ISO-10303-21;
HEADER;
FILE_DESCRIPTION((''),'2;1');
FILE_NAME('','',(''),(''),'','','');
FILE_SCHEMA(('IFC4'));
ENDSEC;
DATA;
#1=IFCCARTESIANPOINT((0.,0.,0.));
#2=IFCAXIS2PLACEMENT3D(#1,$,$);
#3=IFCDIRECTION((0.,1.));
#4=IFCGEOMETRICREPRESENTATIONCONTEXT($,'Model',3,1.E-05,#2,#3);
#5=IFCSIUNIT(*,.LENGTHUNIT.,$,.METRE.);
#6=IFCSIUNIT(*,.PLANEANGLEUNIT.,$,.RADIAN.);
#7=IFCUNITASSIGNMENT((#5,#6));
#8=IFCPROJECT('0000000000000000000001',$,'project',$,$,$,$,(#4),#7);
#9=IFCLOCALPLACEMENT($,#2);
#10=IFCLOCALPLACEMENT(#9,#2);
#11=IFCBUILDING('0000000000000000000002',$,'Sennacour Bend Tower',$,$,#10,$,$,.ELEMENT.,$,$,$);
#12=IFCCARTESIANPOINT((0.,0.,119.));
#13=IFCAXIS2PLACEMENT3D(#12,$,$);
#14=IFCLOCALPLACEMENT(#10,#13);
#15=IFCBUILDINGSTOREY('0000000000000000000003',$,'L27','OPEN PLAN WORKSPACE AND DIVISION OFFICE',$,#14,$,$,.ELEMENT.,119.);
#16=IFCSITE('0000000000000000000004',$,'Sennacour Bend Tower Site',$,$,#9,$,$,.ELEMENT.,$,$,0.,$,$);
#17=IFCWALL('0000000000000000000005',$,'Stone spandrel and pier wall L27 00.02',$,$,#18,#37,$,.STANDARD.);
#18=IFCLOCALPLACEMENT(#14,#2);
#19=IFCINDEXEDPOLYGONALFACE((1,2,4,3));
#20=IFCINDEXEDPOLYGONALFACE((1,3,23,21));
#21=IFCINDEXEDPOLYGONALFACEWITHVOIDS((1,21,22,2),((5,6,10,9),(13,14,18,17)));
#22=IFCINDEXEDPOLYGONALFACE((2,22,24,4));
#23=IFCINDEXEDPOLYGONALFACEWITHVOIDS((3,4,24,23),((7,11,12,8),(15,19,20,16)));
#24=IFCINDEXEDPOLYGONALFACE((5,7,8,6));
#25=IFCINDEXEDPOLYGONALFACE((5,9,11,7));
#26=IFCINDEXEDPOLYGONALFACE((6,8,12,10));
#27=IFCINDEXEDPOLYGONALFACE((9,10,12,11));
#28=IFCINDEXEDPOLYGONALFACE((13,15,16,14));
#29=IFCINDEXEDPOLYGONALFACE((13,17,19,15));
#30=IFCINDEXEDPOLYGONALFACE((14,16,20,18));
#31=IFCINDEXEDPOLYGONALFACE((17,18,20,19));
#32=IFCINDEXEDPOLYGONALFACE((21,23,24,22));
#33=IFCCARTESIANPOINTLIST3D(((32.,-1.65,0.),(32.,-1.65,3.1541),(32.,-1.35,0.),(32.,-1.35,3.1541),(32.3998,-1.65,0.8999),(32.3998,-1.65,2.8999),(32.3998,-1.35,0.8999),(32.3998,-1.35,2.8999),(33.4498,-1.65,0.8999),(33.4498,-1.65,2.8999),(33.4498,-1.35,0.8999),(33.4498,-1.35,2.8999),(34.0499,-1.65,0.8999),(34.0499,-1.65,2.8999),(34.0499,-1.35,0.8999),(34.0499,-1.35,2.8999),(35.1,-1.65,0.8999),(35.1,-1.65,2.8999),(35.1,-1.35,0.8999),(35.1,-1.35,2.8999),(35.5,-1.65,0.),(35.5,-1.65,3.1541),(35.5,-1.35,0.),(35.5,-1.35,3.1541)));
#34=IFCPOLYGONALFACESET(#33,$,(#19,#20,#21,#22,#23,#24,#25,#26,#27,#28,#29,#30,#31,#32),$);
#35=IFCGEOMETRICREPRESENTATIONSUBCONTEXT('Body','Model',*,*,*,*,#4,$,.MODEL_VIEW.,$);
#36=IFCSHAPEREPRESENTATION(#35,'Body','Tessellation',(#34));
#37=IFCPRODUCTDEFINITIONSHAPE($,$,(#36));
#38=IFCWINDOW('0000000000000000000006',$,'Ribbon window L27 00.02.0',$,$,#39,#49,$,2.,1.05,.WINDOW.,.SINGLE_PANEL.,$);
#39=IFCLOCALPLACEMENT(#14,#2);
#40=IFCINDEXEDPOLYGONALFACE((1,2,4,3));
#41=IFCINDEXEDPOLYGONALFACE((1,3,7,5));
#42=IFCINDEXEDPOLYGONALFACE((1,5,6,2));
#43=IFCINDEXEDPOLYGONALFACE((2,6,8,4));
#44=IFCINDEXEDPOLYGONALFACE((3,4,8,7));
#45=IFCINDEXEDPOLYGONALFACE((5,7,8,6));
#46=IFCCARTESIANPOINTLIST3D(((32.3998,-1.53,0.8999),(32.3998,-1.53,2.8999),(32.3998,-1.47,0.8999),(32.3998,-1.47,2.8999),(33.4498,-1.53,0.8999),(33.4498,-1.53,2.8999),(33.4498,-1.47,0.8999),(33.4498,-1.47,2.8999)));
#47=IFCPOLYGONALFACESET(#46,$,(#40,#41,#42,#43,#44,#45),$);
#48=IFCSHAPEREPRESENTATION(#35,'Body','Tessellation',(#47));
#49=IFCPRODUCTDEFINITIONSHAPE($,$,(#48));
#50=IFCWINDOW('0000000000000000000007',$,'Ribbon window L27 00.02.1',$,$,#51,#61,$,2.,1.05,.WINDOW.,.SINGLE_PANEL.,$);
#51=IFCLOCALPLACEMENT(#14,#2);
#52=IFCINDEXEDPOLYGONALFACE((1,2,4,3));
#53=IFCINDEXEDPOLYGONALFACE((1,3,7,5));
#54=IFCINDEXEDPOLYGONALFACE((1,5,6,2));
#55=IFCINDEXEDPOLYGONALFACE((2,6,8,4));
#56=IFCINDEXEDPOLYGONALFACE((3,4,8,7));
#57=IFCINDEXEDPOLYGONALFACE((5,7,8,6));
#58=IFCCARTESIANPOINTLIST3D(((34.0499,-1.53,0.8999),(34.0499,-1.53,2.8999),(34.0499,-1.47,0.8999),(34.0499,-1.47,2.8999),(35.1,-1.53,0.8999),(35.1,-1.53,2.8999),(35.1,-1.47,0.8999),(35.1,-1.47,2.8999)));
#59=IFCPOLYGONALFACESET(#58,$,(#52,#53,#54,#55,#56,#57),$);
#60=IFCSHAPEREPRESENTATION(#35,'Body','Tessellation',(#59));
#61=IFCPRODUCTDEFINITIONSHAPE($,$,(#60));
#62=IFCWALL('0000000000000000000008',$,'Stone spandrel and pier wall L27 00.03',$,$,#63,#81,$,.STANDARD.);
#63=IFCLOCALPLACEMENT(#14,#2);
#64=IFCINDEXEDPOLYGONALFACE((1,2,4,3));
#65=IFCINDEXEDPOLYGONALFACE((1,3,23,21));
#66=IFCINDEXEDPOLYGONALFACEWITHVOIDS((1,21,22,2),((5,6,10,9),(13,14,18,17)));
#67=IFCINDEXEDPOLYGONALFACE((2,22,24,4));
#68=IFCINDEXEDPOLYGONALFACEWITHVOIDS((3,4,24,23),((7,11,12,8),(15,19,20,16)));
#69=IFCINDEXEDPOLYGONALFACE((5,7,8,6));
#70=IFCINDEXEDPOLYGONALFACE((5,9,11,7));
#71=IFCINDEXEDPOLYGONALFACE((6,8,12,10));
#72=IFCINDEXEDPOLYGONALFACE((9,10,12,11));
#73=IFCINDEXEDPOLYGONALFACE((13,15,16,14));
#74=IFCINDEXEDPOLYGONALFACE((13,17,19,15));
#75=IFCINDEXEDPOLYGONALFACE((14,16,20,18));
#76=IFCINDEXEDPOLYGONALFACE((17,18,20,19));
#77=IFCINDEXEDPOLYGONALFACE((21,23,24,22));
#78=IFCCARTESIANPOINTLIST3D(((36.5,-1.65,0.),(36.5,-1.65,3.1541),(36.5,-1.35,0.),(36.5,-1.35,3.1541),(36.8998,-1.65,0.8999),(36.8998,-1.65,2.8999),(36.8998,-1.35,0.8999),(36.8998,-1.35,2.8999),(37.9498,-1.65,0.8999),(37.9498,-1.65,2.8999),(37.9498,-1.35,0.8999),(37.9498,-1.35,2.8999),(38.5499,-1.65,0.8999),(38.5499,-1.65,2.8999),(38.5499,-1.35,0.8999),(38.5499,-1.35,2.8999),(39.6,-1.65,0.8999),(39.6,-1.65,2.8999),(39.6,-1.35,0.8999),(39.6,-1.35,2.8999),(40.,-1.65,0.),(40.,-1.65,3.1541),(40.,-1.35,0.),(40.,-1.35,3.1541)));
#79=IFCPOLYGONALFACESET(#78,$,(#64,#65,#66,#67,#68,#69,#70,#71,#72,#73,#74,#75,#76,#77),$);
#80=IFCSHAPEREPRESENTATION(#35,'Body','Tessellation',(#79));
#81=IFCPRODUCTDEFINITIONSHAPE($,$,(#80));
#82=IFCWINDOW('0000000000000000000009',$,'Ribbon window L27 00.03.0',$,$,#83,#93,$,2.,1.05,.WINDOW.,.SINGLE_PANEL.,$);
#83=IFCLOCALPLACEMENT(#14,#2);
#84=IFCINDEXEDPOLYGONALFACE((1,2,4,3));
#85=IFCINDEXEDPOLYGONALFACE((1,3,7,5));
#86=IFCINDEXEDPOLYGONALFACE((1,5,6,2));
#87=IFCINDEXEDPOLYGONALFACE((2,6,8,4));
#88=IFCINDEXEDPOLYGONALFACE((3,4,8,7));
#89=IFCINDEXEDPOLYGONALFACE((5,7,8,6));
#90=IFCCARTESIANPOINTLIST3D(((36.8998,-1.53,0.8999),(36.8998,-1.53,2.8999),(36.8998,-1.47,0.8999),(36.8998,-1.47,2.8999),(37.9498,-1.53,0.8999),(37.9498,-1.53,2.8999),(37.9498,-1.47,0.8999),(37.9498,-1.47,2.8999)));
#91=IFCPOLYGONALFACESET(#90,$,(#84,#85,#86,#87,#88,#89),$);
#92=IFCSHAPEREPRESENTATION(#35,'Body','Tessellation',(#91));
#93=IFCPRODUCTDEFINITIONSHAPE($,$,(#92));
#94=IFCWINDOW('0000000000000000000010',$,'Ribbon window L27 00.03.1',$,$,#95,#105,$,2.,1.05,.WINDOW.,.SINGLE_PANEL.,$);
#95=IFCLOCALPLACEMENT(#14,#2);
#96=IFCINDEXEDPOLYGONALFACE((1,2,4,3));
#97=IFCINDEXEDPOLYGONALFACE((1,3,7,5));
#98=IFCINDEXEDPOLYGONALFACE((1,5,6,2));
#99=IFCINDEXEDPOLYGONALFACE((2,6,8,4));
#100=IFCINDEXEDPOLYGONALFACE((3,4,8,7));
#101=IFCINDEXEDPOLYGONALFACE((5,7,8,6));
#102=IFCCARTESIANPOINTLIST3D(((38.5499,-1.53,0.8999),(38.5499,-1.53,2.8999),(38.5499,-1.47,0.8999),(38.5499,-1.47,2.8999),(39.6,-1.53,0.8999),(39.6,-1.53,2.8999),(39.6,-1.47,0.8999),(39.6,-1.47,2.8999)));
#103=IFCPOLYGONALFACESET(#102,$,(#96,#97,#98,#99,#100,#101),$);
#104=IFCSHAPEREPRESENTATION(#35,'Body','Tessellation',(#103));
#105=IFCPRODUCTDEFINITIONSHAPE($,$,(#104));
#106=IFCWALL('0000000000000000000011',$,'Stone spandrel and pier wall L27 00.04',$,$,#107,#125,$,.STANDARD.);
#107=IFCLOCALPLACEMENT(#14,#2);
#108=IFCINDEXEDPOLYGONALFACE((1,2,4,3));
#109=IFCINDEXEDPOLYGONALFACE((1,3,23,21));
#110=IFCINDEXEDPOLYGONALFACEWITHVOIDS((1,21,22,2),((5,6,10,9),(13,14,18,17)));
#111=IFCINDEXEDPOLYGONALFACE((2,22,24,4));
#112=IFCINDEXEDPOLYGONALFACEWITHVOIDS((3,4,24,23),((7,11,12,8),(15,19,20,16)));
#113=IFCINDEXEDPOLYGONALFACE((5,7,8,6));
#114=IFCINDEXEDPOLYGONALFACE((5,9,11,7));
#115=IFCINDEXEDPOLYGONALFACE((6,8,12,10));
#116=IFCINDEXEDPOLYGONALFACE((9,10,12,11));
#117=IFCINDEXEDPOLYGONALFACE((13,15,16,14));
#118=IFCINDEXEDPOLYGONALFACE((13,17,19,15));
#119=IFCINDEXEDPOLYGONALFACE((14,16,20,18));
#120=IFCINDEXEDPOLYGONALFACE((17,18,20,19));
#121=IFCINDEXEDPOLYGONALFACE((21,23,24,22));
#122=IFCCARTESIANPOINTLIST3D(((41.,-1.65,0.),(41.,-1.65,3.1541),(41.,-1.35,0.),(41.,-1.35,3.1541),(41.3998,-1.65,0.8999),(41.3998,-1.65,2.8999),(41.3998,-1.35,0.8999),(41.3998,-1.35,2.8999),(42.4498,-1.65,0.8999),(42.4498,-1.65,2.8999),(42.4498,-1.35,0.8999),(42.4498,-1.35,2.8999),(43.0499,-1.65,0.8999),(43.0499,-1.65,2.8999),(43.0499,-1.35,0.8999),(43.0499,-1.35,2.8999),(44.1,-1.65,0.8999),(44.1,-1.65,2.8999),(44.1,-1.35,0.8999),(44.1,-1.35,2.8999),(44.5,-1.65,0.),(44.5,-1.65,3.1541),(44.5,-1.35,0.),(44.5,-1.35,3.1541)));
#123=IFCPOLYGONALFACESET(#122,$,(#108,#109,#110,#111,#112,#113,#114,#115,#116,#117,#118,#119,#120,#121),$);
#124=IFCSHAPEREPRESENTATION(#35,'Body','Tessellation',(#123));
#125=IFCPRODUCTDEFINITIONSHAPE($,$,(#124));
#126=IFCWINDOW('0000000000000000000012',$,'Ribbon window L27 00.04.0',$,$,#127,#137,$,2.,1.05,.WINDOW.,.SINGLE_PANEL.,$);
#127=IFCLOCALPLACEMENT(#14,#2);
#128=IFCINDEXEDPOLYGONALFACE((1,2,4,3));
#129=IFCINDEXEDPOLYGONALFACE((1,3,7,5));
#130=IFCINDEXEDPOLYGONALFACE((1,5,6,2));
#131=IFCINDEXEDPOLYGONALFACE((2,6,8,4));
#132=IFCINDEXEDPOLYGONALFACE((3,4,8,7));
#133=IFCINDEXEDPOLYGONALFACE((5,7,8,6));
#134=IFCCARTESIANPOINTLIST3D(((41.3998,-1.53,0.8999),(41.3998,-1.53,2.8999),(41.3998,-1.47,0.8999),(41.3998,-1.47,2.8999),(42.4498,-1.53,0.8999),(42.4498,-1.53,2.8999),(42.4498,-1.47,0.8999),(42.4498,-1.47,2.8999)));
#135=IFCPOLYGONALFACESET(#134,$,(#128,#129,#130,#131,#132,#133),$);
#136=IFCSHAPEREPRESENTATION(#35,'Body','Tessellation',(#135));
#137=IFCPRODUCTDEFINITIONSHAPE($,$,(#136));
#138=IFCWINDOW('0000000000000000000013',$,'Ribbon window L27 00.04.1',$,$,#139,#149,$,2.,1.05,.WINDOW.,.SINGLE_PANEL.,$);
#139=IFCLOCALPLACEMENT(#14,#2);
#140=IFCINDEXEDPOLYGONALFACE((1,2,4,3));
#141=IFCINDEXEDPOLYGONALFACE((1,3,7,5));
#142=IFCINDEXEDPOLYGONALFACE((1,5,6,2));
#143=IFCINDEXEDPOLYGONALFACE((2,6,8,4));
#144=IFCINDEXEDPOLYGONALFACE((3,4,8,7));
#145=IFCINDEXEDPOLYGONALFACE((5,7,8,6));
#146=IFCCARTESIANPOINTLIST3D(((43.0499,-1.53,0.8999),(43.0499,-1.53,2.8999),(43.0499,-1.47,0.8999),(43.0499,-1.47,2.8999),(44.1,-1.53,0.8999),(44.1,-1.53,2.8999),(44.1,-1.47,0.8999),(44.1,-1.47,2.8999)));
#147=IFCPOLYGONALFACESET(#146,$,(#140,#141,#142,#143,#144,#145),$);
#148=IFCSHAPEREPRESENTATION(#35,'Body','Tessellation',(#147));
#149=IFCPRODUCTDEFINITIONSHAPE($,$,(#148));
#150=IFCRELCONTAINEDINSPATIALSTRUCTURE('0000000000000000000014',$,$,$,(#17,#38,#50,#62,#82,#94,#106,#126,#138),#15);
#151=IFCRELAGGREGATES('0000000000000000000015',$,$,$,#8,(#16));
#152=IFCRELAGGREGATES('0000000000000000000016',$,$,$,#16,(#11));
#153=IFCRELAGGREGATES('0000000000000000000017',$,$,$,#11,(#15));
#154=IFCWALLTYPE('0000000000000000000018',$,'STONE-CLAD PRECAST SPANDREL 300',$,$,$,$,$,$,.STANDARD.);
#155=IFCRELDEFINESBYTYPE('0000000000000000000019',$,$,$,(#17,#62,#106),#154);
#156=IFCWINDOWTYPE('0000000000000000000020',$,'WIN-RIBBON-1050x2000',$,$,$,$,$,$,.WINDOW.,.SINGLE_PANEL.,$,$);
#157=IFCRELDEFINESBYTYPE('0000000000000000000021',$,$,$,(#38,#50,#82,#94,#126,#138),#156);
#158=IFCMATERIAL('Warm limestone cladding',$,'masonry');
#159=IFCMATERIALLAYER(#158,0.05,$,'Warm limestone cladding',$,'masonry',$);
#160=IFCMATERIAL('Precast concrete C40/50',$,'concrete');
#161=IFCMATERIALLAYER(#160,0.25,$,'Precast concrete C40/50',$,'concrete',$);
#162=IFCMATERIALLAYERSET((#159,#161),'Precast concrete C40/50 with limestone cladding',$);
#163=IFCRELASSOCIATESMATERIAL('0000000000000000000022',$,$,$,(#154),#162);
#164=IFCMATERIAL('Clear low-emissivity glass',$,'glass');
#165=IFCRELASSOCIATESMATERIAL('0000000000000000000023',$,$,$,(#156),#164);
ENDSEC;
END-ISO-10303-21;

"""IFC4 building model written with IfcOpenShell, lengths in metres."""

from ifc_helpers import new_model, si_unit, direction, frame, frame_2d, origin, place, context, subcontext, project, spatial, rectangle, extrude, material, layer, layer_set, type_object, element, fill, save


model = new_model("IFC4")

# Units and contexts
model_context = context("Model", 3, precision=1e-05, world=origin(), true_north=direction((0.0, 1.0)))
body_context = subcontext(model_context, "Body", "Model", "MODEL_VIEW")
ifc_project = project(units=[si_unit("LENGTHUNIT", "METRE"), si_unit("PLANEANGLEUNIT", "RADIAN")], contexts=[model_context])

# Site, building, storey
site_placement = place(None, origin())
site = spatial("IfcSite", under=ifc_project, at=site_placement, Name="Sennacour Bend Tower Site", CompositionType="ELEMENT", RefElevation=0.0)
building_placement = place(site_placement, origin())
building = spatial("IfcBuilding", under=site, at=building_placement, Name="Sennacour Bend Tower", CompositionType="ELEMENT")
storey_placement = place(building_placement, frame((0.0, 0.0, 119.0)))
storey = spatial("IfcBuildingStorey", under=building, at=storey_placement, Name="L27", Description="OPEN PLAN WORKSPACE AND DIVISION OFFICE", CompositionType="ELEMENT", Elevation=119.0)

# Walls, openings, windows
ifc_material_1 = material(Name="Warm limestone cladding", Category="masonry")
ifc_layer_1 = layer(ifc_material_1, 0.05, Name="Warm limestone cladding", Category="masonry")
ifc_material_2 = material(Name="Precast concrete C40/50", Category="concrete")
ifc_layer_2 = layer(ifc_material_2, 0.25, Name="Precast concrete C40/50", Category="concrete")
ifc_layer_set_1 = layer_set([ifc_layer_1, ifc_layer_2], Name="Precast concrete C40/50 with limestone cladding")
wall_type_1 = type_object("IfcWallType", Name="STONE-CLAD PRECAST SPANDREL 300", PredefinedType="STANDARD", material=ifc_layer_set_1)
wall_1_placement = place(storey_placement, frame((32.0, -1.5, 0.0), z_axis=(0.0, 0.0, 1.0), x_axis=(1.0, 0.0, 0.0)))
wall_1 = element("IfcWall", 1, at=wall_1_placement, inside=storey, type_object=wall_type_1, Name="Stone spandrel and pier wall L27 00.02", PredefinedType="STANDARD", context=body_context, shape_type="SweptSolid", body=[
    extrude(rectangle(XDim=3.5, YDim=0.3, at=frame_2d((1.75, 0.0))), origin(), (0.0, 0.0, 1.0), 3.1541),
])
opening_1_placement = place(wall_1_placement, frame((0.3999, 0.0, 0.8999)))
opening_1 = element("IfcOpeningElement", 2, at=opening_1_placement, cuts=wall_1, PredefinedType="OPENING", context=body_context, shape_type="SweptSolid", body=[
    extrude(rectangle(XDim=1.05, YDim=2.0, at=frame_2d((0.5249, 1.0))), frame((0.0, 0.1602, 0.0), z_axis=(0.0, -1.0, 0.0), x_axis=(1.0, 0.0, 0.0)), (0.0, 0.0, 1.0), 0.3201),
])
opening_2_placement = place(wall_1_placement, frame((2.05, 0.0, 0.8999)))
opening_2 = element("IfcOpeningElement", 3, at=opening_2_placement, cuts=wall_1, PredefinedType="OPENING", context=body_context, shape_type="SweptSolid", body=[
    extrude(rectangle(XDim=1.05, YDim=2.0, at=frame_2d((0.5249, 1.0))), frame((0.0, 0.1602, 0.0), z_axis=(0.0, -1.0, 0.0), x_axis=(1.0, 0.0, 0.0)), (0.0, 0.0, 1.0), 0.3201),
])
ifc_material_3 = material(Name="Clear low-emissivity glass", Category="glass")
window_type = type_object("IfcWindowType", Name="WIN-RIBBON-1050x2000", PartitioningType="SINGLE_PANEL", PredefinedType="WINDOW", material=ifc_material_3)
window_1_placement = place(opening_1_placement, origin())
window_1 = element("IfcWindow", 4, at=window_1_placement, inside=storey, type_object=window_type, Name="Ribbon window L27 00.02.0", OverallHeight=2.0, OverallWidth=1.05, PartitioningType="SINGLE_PANEL", PredefinedType="WINDOW", context=body_context, shape_type="SweptSolid", body=[
    extrude(rectangle(XDim=1.05, YDim=2.0, at=frame_2d((0.5249, 1.0))), frame((0.0, 0.03, 0.0), z_axis=(0.0, -1.0, 0.0), x_axis=(1.0, 0.0, 0.0)), (0.0, 0.0, 1.0), 0.0601),
])
fill(opening_1, window_1)
window_2_placement = place(opening_2_placement, origin())
window_2 = element("IfcWindow", 5, at=window_2_placement, inside=storey, type_object=window_type, Name="Ribbon window L27 00.02.1", OverallHeight=2.0, OverallWidth=1.05, PartitioningType="SINGLE_PANEL", PredefinedType="WINDOW", context=body_context, shape_type="SweptSolid", body=[
    extrude(rectangle(XDim=1.05, YDim=2.0, at=frame_2d((0.5249, 1.0))), frame((0.0, 0.03, 0.0), z_axis=(0.0, -1.0, 0.0), x_axis=(1.0, 0.0, 0.0)), (0.0, 0.0, 1.0), 0.0601),
])
fill(opening_2, window_2)
wall_2_placement = place(storey_placement, frame((36.5, -1.5, 0.0), z_axis=(0.0, 0.0, 1.0), x_axis=(1.0, 0.0, 0.0)))
wall_2 = element("IfcWall", 6, at=wall_2_placement, inside=storey, type_object=wall_type_1, Name="Stone spandrel and pier wall L27 00.03", PredefinedType="STANDARD", context=body_context, shape_type="SweptSolid", body=[
    extrude(rectangle(XDim=3.5, YDim=0.3, at=frame_2d((1.75, 0.0))), origin(), (0.0, 0.0, 1.0), 3.1541),
])
opening_3_placement = place(wall_2_placement, frame((0.3999, 0.0, 0.8999)))
opening_3 = element("IfcOpeningElement", 7, at=opening_3_placement, cuts=wall_2, PredefinedType="OPENING", context=body_context, shape_type="SweptSolid", body=[
    extrude(rectangle(XDim=1.05, YDim=2.0, at=frame_2d((0.5249, 1.0))), frame((0.0, 0.1602, 0.0), z_axis=(0.0, -1.0, 0.0), x_axis=(1.0, 0.0, 0.0)), (0.0, 0.0, 1.0), 0.3201),
])
opening_4_placement = place(wall_2_placement, frame((2.05, 0.0, 0.8999)))
opening_4 = element("IfcOpeningElement", 8, at=opening_4_placement, cuts=wall_2, PredefinedType="OPENING", context=body_context, shape_type="SweptSolid", body=[
    extrude(rectangle(XDim=1.05, YDim=2.0, at=frame_2d((0.5249, 1.0))), frame((0.0, 0.1602, 0.0), z_axis=(0.0, -1.0, 0.0), x_axis=(1.0, 0.0, 0.0)), (0.0, 0.0, 1.0), 0.3201),
])
window_3_placement = place(opening_3_placement, origin())
window_3 = element("IfcWindow", 9, at=window_3_placement, inside=storey, type_object=window_type, Name="Ribbon window L27 00.03.0", OverallHeight=2.0, OverallWidth=1.05, PartitioningType="SINGLE_PANEL", PredefinedType="WINDOW", context=body_context, shape_type="SweptSolid", body=[
    extrude(rectangle(XDim=1.05, YDim=2.0, at=frame_2d((0.5249, 1.0))), frame((0.0, 0.03, 0.0), z_axis=(0.0, -1.0, 0.0), x_axis=(1.0, 0.0, 0.0)), (0.0, 0.0, 1.0), 0.0601),
])
fill(opening_3, window_3)
window_4_placement = place(opening_4_placement, origin())
window_4 = element("IfcWindow", 10, at=window_4_placement, inside=storey, type_object=window_type, Name="Ribbon window L27 00.03.1", OverallHeight=2.0, OverallWidth=1.05, PartitioningType="SINGLE_PANEL", PredefinedType="WINDOW", context=body_context, shape_type="SweptSolid", body=[
    extrude(rectangle(XDim=1.05, YDim=2.0, at=frame_2d((0.5249, 1.0))), frame((0.0, 0.03, 0.0), z_axis=(0.0, -1.0, 0.0), x_axis=(1.0, 0.0, 0.0)), (0.0, 0.0, 1.0), 0.0601),
])
fill(opening_4, window_4)
wall_3_placement = place(storey_placement, frame((41.0, -1.5, 0.0), z_axis=(0.0, 0.0, 1.0), x_axis=(1.0, 0.0, 0.0)))
wall_3 = element("IfcWall", 11, at=wall_3_placement, inside=storey, type_object=wall_type_1, Name="Stone spandrel and pier wall L27 00.04", PredefinedType="STANDARD", context=body_context, shape_type="SweptSolid", body=[
    extrude(rectangle(XDim=3.5, YDim=0.3, at=frame_2d((1.75, 0.0))), origin(), (0.0, 0.0, 1.0), 3.1541),
])
opening_5_placement = place(wall_3_placement, frame((0.3999, 0.0, 0.8999)))
opening_5 = element("IfcOpeningElement", 12, at=opening_5_placement, cuts=wall_3, PredefinedType="OPENING", context=body_context, shape_type="SweptSolid", body=[
    extrude(rectangle(XDim=1.05, YDim=2.0, at=frame_2d((0.5249, 1.0))), frame((0.0, 0.1602, 0.0), z_axis=(0.0, -1.0, 0.0), x_axis=(1.0, 0.0, 0.0)), (0.0, 0.0, 1.0), 0.3201),
])
opening_6_placement = place(wall_3_placement, frame((2.05, 0.0, 0.8999)))
opening_6 = element("IfcOpeningElement", 13, at=opening_6_placement, cuts=wall_3, PredefinedType="OPENING", context=body_context, shape_type="SweptSolid", body=[
    extrude(rectangle(XDim=1.05, YDim=2.0, at=frame_2d((0.5249, 1.0))), frame((0.0, 0.1602, 0.0), z_axis=(0.0, -1.0, 0.0), x_axis=(1.0, 0.0, 0.0)), (0.0, 0.0, 1.0), 0.3201),
])
window_5_placement = place(opening_5_placement, origin())
window_5 = element("IfcWindow", 14, at=window_5_placement, inside=storey, type_object=window_type, Name="Ribbon window L27 00.04.0", OverallHeight=2.0, OverallWidth=1.05, PartitioningType="SINGLE_PANEL", PredefinedType="WINDOW", context=body_context, shape_type="SweptSolid", body=[
    extrude(rectangle(XDim=1.05, YDim=2.0, at=frame_2d((0.5249, 1.0))), frame((0.0, 0.03, 0.0), z_axis=(0.0, -1.0, 0.0), x_axis=(1.0, 0.0, 0.0)), (0.0, 0.0, 1.0), 0.0601),
])
fill(opening_5, window_5)
window_6_placement = place(opening_6_placement, origin())
window_6 = element("IfcWindow", 15, at=window_6_placement, inside=storey, type_object=window_type, Name="Ribbon window L27 00.04.1", OverallHeight=2.0, OverallWidth=1.05, PartitioningType="SINGLE_PANEL", PredefinedType="WINDOW", context=body_context, shape_type="SweptSolid", body=[
    extrude(rectangle(XDim=1.05, YDim=2.0, at=frame_2d((0.5249, 1.0))), frame((0.0, 0.03, 0.0), z_axis=(0.0, -1.0, 0.0), x_axis=(1.0, 0.0, 0.0)), (0.0, 0.0, 1.0), 0.0601),
])
fill(opening_6, window_6)

save(model, "model.ifc")
